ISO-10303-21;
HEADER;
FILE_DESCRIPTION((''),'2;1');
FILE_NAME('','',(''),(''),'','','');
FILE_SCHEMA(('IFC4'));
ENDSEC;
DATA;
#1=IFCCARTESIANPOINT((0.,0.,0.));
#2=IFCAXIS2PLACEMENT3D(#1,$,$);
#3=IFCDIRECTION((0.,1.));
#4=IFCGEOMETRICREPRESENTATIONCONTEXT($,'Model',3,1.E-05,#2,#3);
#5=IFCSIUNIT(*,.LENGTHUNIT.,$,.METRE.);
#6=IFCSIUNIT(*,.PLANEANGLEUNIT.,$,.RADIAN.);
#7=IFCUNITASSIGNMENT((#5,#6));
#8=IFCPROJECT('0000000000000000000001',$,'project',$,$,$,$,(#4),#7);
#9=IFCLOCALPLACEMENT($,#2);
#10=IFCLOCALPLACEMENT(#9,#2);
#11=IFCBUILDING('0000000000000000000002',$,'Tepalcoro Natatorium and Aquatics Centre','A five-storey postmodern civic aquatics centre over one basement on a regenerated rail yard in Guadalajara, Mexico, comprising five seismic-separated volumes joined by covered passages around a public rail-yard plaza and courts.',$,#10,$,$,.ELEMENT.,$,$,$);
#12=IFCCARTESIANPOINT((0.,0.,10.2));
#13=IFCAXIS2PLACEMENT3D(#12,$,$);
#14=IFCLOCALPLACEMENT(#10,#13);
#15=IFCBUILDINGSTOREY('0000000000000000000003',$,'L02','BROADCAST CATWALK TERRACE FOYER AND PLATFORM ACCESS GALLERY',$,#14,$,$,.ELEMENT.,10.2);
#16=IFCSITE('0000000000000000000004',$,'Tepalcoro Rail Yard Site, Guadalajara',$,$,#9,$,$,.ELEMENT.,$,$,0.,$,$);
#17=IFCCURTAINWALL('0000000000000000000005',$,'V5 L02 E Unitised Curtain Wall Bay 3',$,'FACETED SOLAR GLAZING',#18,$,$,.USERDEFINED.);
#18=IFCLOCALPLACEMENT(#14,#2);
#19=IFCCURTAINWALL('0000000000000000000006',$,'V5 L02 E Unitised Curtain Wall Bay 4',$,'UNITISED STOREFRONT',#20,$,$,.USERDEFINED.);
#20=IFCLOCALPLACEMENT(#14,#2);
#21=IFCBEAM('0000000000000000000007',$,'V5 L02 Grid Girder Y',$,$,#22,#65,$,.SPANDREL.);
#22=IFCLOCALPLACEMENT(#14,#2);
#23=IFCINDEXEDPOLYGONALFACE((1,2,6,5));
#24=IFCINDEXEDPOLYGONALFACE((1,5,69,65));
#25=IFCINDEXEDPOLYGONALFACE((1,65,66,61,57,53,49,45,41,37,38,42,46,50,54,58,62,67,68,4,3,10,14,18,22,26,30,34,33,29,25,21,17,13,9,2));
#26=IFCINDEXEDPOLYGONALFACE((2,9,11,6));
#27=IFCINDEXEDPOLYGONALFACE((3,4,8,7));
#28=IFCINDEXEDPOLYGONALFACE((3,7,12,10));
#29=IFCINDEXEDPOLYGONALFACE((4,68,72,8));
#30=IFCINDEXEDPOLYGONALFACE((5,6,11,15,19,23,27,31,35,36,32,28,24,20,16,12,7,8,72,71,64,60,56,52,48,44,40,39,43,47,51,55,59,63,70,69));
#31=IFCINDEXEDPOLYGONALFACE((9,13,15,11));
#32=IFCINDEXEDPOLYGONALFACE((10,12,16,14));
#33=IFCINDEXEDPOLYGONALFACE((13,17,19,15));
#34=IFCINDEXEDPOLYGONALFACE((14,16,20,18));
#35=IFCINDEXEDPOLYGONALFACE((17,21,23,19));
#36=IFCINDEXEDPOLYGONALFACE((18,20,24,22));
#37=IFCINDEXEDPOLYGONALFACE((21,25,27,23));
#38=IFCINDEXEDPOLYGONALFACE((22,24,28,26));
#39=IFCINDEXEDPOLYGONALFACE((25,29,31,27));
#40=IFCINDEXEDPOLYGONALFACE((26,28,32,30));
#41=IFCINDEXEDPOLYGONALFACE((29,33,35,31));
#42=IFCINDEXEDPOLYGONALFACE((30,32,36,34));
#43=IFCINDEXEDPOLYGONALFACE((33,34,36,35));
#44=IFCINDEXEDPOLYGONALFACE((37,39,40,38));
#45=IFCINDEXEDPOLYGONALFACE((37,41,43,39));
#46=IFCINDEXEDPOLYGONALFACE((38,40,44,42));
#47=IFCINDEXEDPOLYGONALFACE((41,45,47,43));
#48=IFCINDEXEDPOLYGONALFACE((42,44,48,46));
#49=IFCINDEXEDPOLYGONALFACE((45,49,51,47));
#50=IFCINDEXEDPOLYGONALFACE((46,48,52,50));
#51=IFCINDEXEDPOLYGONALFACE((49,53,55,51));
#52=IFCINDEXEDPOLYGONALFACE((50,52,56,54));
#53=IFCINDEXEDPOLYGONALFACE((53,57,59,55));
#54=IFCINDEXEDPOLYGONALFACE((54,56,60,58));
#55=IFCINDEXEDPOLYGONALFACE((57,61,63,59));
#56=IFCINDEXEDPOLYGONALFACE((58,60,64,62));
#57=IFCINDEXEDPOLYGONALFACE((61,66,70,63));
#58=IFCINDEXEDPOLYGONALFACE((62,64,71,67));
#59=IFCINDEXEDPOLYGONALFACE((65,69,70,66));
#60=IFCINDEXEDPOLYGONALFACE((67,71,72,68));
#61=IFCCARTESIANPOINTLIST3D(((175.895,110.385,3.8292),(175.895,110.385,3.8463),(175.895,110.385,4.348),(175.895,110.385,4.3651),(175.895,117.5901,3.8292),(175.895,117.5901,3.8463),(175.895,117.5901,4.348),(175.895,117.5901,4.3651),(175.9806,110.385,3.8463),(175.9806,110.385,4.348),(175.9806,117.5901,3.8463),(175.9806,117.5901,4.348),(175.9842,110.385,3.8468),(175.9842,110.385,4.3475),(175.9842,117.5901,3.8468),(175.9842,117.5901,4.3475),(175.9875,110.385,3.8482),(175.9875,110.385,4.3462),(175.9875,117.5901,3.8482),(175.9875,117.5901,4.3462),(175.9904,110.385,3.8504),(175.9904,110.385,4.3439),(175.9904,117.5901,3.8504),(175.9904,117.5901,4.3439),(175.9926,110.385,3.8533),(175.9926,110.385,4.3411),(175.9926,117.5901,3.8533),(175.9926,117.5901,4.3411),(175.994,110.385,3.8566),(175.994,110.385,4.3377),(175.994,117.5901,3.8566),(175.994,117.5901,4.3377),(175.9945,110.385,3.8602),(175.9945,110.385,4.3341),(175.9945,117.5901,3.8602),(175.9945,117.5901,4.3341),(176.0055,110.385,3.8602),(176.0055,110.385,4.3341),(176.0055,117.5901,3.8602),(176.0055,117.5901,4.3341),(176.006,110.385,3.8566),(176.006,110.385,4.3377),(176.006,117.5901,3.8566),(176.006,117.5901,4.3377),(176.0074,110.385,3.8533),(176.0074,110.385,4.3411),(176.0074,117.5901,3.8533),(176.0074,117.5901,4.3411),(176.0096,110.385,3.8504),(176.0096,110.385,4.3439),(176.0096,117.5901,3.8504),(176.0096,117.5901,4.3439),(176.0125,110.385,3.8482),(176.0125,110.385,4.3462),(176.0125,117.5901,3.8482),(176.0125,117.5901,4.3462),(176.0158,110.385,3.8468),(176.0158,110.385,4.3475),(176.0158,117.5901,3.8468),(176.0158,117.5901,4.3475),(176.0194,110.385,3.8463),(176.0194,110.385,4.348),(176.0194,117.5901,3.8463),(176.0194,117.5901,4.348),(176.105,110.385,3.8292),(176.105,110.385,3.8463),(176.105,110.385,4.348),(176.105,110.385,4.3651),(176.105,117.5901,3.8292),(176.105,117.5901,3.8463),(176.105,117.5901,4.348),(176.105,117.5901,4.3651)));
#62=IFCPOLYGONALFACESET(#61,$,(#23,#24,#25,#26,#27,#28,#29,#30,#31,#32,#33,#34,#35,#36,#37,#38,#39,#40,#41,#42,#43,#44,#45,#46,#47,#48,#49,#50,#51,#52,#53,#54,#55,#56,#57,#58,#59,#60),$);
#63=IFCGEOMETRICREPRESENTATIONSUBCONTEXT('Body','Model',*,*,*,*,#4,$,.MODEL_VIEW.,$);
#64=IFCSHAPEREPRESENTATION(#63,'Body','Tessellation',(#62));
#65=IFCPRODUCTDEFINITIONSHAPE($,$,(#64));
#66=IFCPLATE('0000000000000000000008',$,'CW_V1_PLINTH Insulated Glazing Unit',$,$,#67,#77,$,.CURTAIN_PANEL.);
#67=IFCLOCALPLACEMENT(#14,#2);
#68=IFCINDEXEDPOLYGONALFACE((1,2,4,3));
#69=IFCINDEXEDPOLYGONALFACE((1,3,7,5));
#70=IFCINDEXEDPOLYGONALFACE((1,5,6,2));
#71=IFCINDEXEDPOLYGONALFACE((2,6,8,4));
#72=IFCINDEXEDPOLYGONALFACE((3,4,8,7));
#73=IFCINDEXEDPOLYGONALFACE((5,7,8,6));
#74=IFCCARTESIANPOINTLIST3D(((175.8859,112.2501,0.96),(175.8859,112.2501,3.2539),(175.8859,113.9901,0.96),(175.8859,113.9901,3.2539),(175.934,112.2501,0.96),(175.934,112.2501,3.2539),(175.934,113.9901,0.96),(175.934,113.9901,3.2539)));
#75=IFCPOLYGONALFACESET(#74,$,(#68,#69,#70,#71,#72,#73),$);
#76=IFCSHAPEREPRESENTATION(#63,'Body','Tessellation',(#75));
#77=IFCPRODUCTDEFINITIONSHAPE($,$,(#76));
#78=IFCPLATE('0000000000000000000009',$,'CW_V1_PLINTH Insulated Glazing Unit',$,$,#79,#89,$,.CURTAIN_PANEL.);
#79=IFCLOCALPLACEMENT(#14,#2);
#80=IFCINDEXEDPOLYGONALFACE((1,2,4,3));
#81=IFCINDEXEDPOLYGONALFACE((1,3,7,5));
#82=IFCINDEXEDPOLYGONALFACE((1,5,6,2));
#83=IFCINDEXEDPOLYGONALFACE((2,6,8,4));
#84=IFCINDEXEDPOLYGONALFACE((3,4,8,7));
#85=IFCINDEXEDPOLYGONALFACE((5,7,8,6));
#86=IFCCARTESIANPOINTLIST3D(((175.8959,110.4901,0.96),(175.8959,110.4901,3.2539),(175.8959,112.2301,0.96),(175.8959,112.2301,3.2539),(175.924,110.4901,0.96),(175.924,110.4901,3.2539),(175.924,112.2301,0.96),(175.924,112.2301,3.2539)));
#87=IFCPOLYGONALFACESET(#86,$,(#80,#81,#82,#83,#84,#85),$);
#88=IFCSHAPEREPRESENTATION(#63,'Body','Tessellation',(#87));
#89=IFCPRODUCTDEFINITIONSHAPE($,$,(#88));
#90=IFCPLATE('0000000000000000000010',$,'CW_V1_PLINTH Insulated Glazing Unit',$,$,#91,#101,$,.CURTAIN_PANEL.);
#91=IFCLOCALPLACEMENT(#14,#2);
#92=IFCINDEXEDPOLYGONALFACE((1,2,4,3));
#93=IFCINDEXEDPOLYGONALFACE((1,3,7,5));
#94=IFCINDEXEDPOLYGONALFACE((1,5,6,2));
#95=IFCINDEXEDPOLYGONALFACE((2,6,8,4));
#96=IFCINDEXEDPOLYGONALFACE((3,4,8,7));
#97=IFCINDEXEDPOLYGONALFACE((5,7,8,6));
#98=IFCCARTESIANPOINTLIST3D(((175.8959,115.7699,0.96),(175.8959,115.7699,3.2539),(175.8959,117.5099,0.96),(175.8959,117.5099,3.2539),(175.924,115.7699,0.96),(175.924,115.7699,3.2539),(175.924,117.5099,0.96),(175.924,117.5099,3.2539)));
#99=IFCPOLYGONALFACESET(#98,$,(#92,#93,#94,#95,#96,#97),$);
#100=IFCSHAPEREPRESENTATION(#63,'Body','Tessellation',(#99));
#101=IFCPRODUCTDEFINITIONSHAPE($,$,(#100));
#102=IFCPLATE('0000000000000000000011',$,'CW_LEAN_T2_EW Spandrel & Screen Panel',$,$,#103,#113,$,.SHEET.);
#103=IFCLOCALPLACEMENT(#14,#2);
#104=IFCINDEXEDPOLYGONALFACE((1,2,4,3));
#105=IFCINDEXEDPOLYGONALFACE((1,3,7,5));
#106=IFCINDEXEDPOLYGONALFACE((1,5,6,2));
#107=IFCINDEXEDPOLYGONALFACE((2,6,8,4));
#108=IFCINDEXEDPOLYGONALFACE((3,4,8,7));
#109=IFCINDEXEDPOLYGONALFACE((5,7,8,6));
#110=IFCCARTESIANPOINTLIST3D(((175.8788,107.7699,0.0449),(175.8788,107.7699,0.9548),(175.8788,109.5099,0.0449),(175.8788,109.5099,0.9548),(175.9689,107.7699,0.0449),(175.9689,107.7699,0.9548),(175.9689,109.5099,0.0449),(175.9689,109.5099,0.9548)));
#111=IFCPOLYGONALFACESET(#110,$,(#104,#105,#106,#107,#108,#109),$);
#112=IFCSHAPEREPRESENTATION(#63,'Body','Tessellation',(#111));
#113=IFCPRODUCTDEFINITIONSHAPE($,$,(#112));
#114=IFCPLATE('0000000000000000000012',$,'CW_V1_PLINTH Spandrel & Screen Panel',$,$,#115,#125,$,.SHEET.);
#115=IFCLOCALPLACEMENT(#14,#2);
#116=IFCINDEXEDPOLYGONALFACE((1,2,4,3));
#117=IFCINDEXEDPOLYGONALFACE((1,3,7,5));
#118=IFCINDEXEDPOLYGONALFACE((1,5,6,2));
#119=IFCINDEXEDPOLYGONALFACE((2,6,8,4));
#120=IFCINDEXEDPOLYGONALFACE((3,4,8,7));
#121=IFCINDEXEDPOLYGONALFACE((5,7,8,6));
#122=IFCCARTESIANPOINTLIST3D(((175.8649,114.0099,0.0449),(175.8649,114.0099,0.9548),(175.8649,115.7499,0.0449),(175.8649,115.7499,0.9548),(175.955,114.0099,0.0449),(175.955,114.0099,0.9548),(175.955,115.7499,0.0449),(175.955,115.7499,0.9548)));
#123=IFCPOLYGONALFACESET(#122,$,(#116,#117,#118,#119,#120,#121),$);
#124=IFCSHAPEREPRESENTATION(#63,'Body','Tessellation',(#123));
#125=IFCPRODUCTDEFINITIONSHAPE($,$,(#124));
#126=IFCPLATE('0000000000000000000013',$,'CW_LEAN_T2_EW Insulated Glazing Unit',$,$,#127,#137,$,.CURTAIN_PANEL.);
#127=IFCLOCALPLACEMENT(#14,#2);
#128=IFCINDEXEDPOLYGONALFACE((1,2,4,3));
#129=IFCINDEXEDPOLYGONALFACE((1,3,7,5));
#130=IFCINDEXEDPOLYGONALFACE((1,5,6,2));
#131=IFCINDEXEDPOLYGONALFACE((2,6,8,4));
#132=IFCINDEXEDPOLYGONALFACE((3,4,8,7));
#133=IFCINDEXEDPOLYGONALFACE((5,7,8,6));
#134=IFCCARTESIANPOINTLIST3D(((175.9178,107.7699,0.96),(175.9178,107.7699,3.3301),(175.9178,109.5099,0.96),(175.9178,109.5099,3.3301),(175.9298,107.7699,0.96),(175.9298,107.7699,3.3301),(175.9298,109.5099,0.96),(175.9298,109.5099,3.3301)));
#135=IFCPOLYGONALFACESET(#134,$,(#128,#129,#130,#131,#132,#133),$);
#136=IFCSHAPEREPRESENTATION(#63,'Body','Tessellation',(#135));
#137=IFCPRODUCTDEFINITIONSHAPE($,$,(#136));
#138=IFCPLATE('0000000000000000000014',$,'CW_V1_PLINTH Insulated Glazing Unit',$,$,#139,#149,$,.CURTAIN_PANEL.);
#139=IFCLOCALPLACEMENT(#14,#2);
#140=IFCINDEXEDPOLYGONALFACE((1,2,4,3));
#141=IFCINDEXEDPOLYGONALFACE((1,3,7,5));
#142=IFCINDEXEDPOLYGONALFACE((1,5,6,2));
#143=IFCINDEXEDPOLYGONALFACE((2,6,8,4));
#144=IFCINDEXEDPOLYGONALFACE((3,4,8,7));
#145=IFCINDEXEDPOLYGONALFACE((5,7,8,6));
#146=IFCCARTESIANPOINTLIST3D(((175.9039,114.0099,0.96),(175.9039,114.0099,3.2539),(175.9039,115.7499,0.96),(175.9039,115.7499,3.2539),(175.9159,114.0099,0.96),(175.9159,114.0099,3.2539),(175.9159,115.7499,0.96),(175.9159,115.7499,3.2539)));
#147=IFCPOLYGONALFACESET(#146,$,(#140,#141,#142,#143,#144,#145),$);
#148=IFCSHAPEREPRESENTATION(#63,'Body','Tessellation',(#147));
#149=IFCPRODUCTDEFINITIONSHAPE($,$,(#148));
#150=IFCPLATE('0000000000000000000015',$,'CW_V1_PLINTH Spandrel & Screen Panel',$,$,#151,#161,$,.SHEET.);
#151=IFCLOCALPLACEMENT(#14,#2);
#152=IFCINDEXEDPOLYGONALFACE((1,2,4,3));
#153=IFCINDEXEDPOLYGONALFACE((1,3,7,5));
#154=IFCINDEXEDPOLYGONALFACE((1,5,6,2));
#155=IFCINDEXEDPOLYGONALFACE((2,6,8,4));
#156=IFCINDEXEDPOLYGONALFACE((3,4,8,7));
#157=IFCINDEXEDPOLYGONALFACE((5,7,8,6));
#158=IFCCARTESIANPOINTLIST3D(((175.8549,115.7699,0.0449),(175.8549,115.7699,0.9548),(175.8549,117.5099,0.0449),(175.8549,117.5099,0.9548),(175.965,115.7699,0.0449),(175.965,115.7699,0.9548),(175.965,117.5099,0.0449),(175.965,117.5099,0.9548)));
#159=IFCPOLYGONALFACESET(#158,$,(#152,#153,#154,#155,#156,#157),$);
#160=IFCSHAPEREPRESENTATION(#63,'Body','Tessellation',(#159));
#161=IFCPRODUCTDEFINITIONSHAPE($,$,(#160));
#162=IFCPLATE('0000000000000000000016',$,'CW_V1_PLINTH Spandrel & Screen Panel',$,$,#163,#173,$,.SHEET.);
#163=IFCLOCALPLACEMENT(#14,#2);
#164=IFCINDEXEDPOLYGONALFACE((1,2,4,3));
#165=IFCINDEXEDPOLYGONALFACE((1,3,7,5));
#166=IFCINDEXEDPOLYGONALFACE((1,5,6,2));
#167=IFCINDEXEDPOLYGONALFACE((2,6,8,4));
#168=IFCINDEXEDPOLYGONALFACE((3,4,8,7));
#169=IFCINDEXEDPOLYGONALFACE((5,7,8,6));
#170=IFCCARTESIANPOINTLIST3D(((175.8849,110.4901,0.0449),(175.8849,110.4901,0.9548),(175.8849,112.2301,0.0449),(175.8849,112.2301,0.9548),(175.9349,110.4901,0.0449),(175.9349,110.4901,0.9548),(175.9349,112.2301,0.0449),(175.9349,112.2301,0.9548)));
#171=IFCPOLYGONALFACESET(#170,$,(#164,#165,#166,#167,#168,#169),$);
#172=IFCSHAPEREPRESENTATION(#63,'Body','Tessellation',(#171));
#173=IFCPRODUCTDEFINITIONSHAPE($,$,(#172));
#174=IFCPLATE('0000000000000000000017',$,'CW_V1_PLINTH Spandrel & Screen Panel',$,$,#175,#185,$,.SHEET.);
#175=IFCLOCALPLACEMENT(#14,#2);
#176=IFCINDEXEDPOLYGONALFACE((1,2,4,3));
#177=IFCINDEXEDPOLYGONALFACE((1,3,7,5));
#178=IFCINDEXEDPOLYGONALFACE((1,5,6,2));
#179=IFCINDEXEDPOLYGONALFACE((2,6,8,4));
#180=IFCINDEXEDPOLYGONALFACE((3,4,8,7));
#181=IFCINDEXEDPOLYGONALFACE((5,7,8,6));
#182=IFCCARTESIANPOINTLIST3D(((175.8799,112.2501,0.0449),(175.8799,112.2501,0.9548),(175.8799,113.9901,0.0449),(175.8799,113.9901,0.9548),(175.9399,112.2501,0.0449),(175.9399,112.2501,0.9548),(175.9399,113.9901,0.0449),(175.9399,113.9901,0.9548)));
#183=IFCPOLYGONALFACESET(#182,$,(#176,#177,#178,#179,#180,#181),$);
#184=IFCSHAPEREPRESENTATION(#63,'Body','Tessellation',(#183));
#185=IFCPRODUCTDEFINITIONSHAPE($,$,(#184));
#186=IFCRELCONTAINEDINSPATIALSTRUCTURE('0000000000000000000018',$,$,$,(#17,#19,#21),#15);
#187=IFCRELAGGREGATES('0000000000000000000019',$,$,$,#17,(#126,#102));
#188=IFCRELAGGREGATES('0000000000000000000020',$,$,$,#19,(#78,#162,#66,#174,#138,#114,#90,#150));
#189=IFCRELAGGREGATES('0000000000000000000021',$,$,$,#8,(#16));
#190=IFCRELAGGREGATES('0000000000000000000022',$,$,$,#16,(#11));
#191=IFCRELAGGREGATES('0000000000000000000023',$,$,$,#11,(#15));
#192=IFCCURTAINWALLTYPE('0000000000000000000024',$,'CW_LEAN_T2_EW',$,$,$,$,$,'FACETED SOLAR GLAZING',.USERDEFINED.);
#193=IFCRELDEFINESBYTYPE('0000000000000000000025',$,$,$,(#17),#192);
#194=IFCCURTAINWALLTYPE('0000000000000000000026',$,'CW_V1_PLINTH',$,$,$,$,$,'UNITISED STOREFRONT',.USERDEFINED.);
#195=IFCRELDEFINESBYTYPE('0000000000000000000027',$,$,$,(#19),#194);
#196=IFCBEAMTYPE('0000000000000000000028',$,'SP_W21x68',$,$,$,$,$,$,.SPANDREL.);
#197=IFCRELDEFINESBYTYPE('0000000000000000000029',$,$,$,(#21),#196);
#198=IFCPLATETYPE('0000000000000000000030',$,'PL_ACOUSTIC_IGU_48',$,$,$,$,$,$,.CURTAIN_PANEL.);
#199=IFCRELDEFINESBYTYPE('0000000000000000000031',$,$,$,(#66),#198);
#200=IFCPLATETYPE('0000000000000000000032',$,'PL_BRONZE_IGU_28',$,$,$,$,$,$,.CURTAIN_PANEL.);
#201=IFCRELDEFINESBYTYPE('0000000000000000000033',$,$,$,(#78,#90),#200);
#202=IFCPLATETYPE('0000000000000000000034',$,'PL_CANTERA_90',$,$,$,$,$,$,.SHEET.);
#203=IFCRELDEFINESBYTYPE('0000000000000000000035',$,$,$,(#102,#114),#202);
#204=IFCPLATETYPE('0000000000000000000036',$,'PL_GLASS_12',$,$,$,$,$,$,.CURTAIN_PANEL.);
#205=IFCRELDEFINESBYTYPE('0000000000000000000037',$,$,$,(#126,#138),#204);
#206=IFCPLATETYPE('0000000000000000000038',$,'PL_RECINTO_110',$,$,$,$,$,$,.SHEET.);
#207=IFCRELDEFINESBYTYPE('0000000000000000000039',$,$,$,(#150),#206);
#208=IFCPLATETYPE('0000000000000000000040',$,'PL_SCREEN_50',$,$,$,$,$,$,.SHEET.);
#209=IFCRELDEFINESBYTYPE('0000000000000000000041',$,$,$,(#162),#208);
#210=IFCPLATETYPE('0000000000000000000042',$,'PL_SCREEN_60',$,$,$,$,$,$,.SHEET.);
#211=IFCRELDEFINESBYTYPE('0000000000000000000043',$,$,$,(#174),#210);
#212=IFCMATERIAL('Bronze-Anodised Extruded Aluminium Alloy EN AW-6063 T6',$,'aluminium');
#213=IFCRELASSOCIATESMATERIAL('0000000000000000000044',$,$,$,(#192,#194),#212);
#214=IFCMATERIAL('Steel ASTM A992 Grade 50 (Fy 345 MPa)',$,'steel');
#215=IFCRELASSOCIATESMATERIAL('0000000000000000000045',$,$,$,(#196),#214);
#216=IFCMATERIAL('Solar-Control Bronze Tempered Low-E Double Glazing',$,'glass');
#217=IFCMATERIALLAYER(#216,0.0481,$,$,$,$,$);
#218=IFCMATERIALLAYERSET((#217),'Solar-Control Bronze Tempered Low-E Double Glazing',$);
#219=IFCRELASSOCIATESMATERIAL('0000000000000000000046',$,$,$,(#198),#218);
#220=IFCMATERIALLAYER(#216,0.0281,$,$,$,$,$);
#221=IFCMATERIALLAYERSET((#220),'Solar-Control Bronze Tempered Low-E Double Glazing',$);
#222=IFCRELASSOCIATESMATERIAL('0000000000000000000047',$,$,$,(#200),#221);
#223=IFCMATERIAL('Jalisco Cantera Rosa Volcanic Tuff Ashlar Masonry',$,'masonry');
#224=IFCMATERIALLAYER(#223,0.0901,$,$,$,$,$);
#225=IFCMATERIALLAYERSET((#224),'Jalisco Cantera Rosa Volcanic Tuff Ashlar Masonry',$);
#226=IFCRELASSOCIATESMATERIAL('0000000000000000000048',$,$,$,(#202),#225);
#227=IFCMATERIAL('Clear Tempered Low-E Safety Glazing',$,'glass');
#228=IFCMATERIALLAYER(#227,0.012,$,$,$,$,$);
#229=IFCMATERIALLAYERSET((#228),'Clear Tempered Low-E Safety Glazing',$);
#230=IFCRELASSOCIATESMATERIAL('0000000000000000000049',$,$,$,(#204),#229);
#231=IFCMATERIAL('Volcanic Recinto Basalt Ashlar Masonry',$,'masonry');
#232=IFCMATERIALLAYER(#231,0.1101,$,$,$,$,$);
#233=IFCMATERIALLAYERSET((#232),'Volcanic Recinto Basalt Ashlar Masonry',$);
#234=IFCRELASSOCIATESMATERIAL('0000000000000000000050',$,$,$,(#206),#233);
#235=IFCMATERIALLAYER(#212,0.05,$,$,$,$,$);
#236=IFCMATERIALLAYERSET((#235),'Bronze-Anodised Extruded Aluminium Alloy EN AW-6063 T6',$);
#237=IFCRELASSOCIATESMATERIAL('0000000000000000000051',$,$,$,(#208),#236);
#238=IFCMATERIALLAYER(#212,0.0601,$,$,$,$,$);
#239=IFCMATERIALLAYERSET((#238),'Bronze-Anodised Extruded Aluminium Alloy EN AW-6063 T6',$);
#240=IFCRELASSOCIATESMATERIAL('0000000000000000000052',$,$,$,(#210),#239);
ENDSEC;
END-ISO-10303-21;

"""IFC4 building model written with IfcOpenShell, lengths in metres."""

from ifc_helpers import new_model, si_unit, direction, frame, origin, origin_2d, place, context, subcontext, project, spatial, rectangle, i_section, extrude, material, layer, layer_set, material_profile, profile_set, type_object, element, aggregate, save


model = new_model("IFC4")

# Units and contexts
model_context = context("Model", 3, precision=1e-05, world=origin(), true_north=direction((0.0, 1.0)))
body_context = subcontext(model_context, "Body", "Model", "MODEL_VIEW")
ifc_project = project(units=[si_unit("LENGTHUNIT", "METRE"), si_unit("PLANEANGLEUNIT", "RADIAN")], contexts=[model_context])

# Site, building, storey
site_placement = place(None, origin())
site = spatial("IfcSite", under=ifc_project, at=site_placement, Name="Tepalcoro Rail Yard Site, Guadalajara", CompositionType="ELEMENT", RefElevation=0.0)
building_placement = place(site_placement, origin())
building = spatial("IfcBuilding", under=site, at=building_placement, Name="Tepalcoro Natatorium and Aquatics Centre", Description="A five-storey postmodern civic aquatics centre over one basement on a regenerated rail yard in Guadalajara, Mexico, comprising five seismic-separated volumes joined by covered passages around a public rail-yard plaza and courts.", CompositionType="ELEMENT")
storey_placement = place(building_placement, frame((0.0, 0.0, 10.2)))
storey = spatial("IfcBuildingStorey", under=building, at=storey_placement, Name="L02", Description="BROADCAST CATWALK TERRACE FOYER AND PLATFORM ACCESS GALLERY", CompositionType="ELEMENT", Elevation=10.2)

# Curtain wall
ifc_material_1 = material(Name="Bronze-Anodised Extruded Aluminium Alloy EN AW-6063 T6", Category="aluminium")
curtain_wall_type_1 = type_object("IfcCurtainWallType", Name="CW_LEAN_T2_EW", ElementType="FACETED SOLAR GLAZING", PredefinedType="USERDEFINED", material=ifc_material_1)
curtain_wall_1_placement = place(storey_placement, origin())
curtain_wall_1 = element("IfcCurtainWall", 1, at=curtain_wall_1_placement, inside=storey, type_object=curtain_wall_type_1, Name="V5 L02 E Unitised Curtain Wall Bay 3", ObjectType="FACETED SOLAR GLAZING", PredefinedType="USERDEFINED")

# Curtain wall
curtain_wall_type_2 = type_object("IfcCurtainWallType", Name="CW_V1_PLINTH", ElementType="UNITISED STOREFRONT", PredefinedType="USERDEFINED", material=ifc_material_1)
curtain_wall_2_placement = place(storey_placement, origin())
curtain_wall_2 = element("IfcCurtainWall", 2, at=curtain_wall_2_placement, inside=storey, type_object=curtain_wall_type_2, Name="V5 L02 E Unitised Curtain Wall Bay 4", ObjectType="UNITISED STOREFRONT", PredefinedType="USERDEFINED")

# Beam
ifc_material_2 = material(Name="Steel ASTM A992 Grade 50 (Fy 345 MPa)", Category="steel")
ifc_material_profile_1 = material_profile(ifc_material_2, i_section(OverallWidth=0.21, OverallDepth=0.5359, WebThickness=0.011, FlangeThickness=0.0171, FilletRadius=0.0139, at=origin_2d()), Name="W21X68")
ifc_profile_set_1 = profile_set([ifc_material_profile_1], Name="Steel ASTM A992 Grade 50 (Fy 345 MPa)")
beam_type = type_object("IfcBeamType", Name="SP_W21x68", PredefinedType="SPANDREL", material=ifc_profile_set_1)
beam_placement = place(storey_placement, frame((176.0, 110.385, 4.0972), z_axis=(0.0, 1.0, 0.0), x_axis=(-1.0, 0.0, 0.0)))
element("IfcBeam", 3, at=beam_placement, inside=storey, type_object=beam_type, Name="V5 L02 Grid Girder Y", PredefinedType="SPANDREL", context=body_context, shape_type="SweptSolid", body=[
    extrude(i_section(OverallWidth=0.21, OverallDepth=0.5359, WebThickness=0.011, FlangeThickness=0.0171, FilletRadius=0.0139, at=origin_2d()), origin(), (0.0, 0.0, 1.0), 7.2051),
])

# Plates
ifc_material_3 = material(Name="Solar-Control Bronze Tempered Low-E Double Glazing", Category="glass")
ifc_layer_1 = layer(ifc_material_3, 0.0481)
ifc_layer_set_1 = layer_set([ifc_layer_1], Name="Solar-Control Bronze Tempered Low-E Double Glazing")
plate_type_1 = type_object("IfcPlateType", Name="PL_ACOUSTIC_IGU_48", PredefinedType="CURTAIN_PANEL", material=ifc_layer_set_1)
plate_1_placement = place(storey_placement, frame((175.9099, 113.1201, 0.96), z_axis=(0.0, 0.0, 1.0), x_axis=(1.0, 0.0, 0.0)))
plate_1 = element("IfcPlate", 4, at=plate_1_placement, type_object=plate_type_1, Name="CW_V1_PLINTH Insulated Glazing Unit", PredefinedType="CURTAIN_PANEL", context=body_context, shape_type="SweptSolid", body=[
    extrude(rectangle(XDim=0.0481, YDim=1.74, at=origin_2d()), origin(), (0.0, 0.0, 1.0), 2.2939),
])
ifc_layer_2 = layer(ifc_material_3, 0.0281)
ifc_layer_set_2 = layer_set([ifc_layer_2], Name="Solar-Control Bronze Tempered Low-E Double Glazing")
plate_type_2 = type_object("IfcPlateType", Name="PL_BRONZE_IGU_28", PredefinedType="CURTAIN_PANEL", material=ifc_layer_set_2)
plate_2_placement = place(storey_placement, frame((175.9099, 111.3601, 0.96), z_axis=(0.0, 0.0, 1.0), x_axis=(1.0, 0.0, 0.0)))
plate_2 = element("IfcPlate", 5, at=plate_2_placement, type_object=plate_type_2, Name="CW_V1_PLINTH Insulated Glazing Unit", PredefinedType="CURTAIN_PANEL", context=body_context, shape_type="SweptSolid", body=[
    extrude(rectangle(XDim=0.0281, YDim=1.74, at=origin_2d()), origin(), (0.0, 0.0, 1.0), 2.2939),
])
plate_3_placement = place(storey_placement, frame((175.9099, 116.6399, 0.96), z_axis=(0.0, 0.0, 1.0), x_axis=(1.0, 0.0, 0.0)))
plate_3 = element("IfcPlate", 6, at=plate_3_placement, type_object=plate_type_2, Name="CW_V1_PLINTH Insulated Glazing Unit", PredefinedType="CURTAIN_PANEL", context=body_context, shape_type="SweptSolid", body=[
    extrude(rectangle(XDim=0.0281, YDim=1.74, at=origin_2d()), origin(), (0.0, 0.0, 1.0), 2.2939),
])
ifc_material_4 = material(Name="Jalisco Cantera Rosa Volcanic Tuff Ashlar Masonry", Category="masonry")
ifc_layer_3 = layer(ifc_material_4, 0.0901)
ifc_layer_set_3 = layer_set([ifc_layer_3], Name="Jalisco Cantera Rosa Volcanic Tuff Ashlar Masonry")
plate_type_3 = type_object("IfcPlateType", Name="PL_CANTERA_90", PredefinedType="SHEET", material=ifc_layer_set_3)
plate_4_placement = place(storey_placement, frame((175.9238, 108.6399, 0.0449), z_axis=(0.0, 0.0, 1.0), x_axis=(1.0, 0.0, 0.0)))
plate_4 = element("IfcPlate", 7, at=plate_4_placement, type_object=plate_type_3, Name="CW_LEAN_T2_EW Spandrel & Screen Panel", PredefinedType="SHEET", context=body_context, shape_type="SweptSolid", body=[
    extrude(rectangle(XDim=0.0901, YDim=1.74, at=origin_2d()), origin(), (0.0, 0.0, 1.0), 0.9099),
])
plate_5_placement = place(storey_placement, frame((175.9099, 114.8799, 0.0449), z_axis=(0.0, 0.0, 1.0), x_axis=(1.0, 0.0, 0.0)))
plate_5 = element("IfcPlate", 8, at=plate_5_placement, type_object=plate_type_3, Name="CW_V1_PLINTH Spandrel & Screen Panel", PredefinedType="SHEET", context=body_context, shape_type="SweptSolid", body=[
    extrude(rectangle(XDim=0.0901, YDim=1.74, at=origin_2d()), origin(), (0.0, 0.0, 1.0), 0.9099),
])
ifc_material_5 = material(Name="Clear Tempered Low-E Safety Glazing", Category="glass")
ifc_layer_4 = layer(ifc_material_5, 0.012)
ifc_layer_set_4 = layer_set([ifc_layer_4], Name="Clear Tempered Low-E Safety Glazing")
plate_type_4 = type_object("IfcPlateType", Name="PL_GLASS_12", PredefinedType="CURTAIN_PANEL", material=ifc_layer_set_4)
plate_6_placement = place(storey_placement, frame((175.9238, 108.6399, 0.96), z_axis=(0.0, 0.0, 1.0), x_axis=(1.0, 0.0, 0.0)))
plate_6 = element("IfcPlate", 9, at=plate_6_placement, type_object=plate_type_4, Name="CW_LEAN_T2_EW Insulated Glazing Unit", PredefinedType="CURTAIN_PANEL", context=body_context, shape_type="SweptSolid", body=[
    extrude(rectangle(XDim=0.012, YDim=1.74, at=origin_2d()), origin(), (0.0, 0.0, 1.0), 2.3701),
])
aggregate(curtain_wall_1, [plate_6, plate_4])
plate_7_placement = place(storey_placement, frame((175.9099, 114.8799, 0.96), z_axis=(0.0, 0.0, 1.0), x_axis=(1.0, 0.0, 0.0)))
plate_7 = element("IfcPlate", 10, at=plate_7_placement, type_object=plate_type_4, Name="CW_V1_PLINTH Insulated Glazing Unit", PredefinedType="CURTAIN_PANEL", context=body_context, shape_type="SweptSolid", body=[
    extrude(rectangle(XDim=0.012, YDim=1.74, at=origin_2d()), origin(), (0.0, 0.0, 1.0), 2.2939),
])
ifc_material_6 = material(Name="Volcanic Recinto Basalt Ashlar Masonry", Category="masonry")
ifc_layer_5 = layer(ifc_material_6, 0.1101)
ifc_layer_set_5 = layer_set([ifc_layer_5], Name="Volcanic Recinto Basalt Ashlar Masonry")
plate_type_5 = type_object("IfcPlateType", Name="PL_RECINTO_110", PredefinedType="SHEET", material=ifc_layer_set_5)
plate_8_placement = place(storey_placement, frame((175.9099, 116.6399, 0.0449), z_axis=(0.0, 0.0, 1.0), x_axis=(1.0, 0.0, 0.0)))
plate_8 = element("IfcPlate", 11, at=plate_8_placement, type_object=plate_type_5, Name="CW_V1_PLINTH Spandrel & Screen Panel", PredefinedType="SHEET", context=body_context, shape_type="SweptSolid", body=[
    extrude(rectangle(XDim=0.1101, YDim=1.74, at=origin_2d()), origin(), (0.0, 0.0, 1.0), 0.9099),
])
ifc_layer_6 = layer(ifc_material_1, 0.05)
ifc_layer_set_6 = layer_set([ifc_layer_6], Name="Bronze-Anodised Extruded Aluminium Alloy EN AW-6063 T6")
plate_type_6 = type_object("IfcPlateType", Name="PL_SCREEN_50", PredefinedType="SHEET", material=ifc_layer_set_6)
plate_9_placement = place(storey_placement, frame((175.9099, 111.3601, 0.0449), z_axis=(0.0, 0.0, 1.0), x_axis=(1.0, 0.0, 0.0)))
plate_9 = element("IfcPlate", 12, at=plate_9_placement, type_object=plate_type_6, Name="CW_V1_PLINTH Spandrel & Screen Panel", PredefinedType="SHEET", context=body_context, shape_type="SweptSolid", body=[
    extrude(rectangle(XDim=0.05, YDim=1.74, at=origin_2d()), origin(), (0.0, 0.0, 1.0), 0.9099),
])
ifc_layer_7 = layer(ifc_material_1, 0.0601)
ifc_layer_set_7 = layer_set([ifc_layer_7], Name="Bronze-Anodised Extruded Aluminium Alloy EN AW-6063 T6")
plate_type_7 = type_object("IfcPlateType", Name="PL_SCREEN_60", PredefinedType="SHEET", material=ifc_layer_set_7)
plate_10_placement = place(storey_placement, frame((175.9099, 113.1201, 0.0449), z_axis=(0.0, 0.0, 1.0), x_axis=(1.0, 0.0, 0.0)))
plate_10 = element("IfcPlate", 13, at=plate_10_placement, type_object=plate_type_7, Name="CW_V1_PLINTH Spandrel & Screen Panel", PredefinedType="SHEET", context=body_context, shape_type="SweptSolid", body=[
    extrude(rectangle(XDim=0.0601, YDim=1.74, at=origin_2d()), origin(), (0.0, 0.0, 1.0), 0.9099),
])
aggregate(curtain_wall_2, [plate_2, plate_9, plate_1, plate_10, plate_7, plate_5, plate_3, plate_8])

save(model, "model.ifc")
